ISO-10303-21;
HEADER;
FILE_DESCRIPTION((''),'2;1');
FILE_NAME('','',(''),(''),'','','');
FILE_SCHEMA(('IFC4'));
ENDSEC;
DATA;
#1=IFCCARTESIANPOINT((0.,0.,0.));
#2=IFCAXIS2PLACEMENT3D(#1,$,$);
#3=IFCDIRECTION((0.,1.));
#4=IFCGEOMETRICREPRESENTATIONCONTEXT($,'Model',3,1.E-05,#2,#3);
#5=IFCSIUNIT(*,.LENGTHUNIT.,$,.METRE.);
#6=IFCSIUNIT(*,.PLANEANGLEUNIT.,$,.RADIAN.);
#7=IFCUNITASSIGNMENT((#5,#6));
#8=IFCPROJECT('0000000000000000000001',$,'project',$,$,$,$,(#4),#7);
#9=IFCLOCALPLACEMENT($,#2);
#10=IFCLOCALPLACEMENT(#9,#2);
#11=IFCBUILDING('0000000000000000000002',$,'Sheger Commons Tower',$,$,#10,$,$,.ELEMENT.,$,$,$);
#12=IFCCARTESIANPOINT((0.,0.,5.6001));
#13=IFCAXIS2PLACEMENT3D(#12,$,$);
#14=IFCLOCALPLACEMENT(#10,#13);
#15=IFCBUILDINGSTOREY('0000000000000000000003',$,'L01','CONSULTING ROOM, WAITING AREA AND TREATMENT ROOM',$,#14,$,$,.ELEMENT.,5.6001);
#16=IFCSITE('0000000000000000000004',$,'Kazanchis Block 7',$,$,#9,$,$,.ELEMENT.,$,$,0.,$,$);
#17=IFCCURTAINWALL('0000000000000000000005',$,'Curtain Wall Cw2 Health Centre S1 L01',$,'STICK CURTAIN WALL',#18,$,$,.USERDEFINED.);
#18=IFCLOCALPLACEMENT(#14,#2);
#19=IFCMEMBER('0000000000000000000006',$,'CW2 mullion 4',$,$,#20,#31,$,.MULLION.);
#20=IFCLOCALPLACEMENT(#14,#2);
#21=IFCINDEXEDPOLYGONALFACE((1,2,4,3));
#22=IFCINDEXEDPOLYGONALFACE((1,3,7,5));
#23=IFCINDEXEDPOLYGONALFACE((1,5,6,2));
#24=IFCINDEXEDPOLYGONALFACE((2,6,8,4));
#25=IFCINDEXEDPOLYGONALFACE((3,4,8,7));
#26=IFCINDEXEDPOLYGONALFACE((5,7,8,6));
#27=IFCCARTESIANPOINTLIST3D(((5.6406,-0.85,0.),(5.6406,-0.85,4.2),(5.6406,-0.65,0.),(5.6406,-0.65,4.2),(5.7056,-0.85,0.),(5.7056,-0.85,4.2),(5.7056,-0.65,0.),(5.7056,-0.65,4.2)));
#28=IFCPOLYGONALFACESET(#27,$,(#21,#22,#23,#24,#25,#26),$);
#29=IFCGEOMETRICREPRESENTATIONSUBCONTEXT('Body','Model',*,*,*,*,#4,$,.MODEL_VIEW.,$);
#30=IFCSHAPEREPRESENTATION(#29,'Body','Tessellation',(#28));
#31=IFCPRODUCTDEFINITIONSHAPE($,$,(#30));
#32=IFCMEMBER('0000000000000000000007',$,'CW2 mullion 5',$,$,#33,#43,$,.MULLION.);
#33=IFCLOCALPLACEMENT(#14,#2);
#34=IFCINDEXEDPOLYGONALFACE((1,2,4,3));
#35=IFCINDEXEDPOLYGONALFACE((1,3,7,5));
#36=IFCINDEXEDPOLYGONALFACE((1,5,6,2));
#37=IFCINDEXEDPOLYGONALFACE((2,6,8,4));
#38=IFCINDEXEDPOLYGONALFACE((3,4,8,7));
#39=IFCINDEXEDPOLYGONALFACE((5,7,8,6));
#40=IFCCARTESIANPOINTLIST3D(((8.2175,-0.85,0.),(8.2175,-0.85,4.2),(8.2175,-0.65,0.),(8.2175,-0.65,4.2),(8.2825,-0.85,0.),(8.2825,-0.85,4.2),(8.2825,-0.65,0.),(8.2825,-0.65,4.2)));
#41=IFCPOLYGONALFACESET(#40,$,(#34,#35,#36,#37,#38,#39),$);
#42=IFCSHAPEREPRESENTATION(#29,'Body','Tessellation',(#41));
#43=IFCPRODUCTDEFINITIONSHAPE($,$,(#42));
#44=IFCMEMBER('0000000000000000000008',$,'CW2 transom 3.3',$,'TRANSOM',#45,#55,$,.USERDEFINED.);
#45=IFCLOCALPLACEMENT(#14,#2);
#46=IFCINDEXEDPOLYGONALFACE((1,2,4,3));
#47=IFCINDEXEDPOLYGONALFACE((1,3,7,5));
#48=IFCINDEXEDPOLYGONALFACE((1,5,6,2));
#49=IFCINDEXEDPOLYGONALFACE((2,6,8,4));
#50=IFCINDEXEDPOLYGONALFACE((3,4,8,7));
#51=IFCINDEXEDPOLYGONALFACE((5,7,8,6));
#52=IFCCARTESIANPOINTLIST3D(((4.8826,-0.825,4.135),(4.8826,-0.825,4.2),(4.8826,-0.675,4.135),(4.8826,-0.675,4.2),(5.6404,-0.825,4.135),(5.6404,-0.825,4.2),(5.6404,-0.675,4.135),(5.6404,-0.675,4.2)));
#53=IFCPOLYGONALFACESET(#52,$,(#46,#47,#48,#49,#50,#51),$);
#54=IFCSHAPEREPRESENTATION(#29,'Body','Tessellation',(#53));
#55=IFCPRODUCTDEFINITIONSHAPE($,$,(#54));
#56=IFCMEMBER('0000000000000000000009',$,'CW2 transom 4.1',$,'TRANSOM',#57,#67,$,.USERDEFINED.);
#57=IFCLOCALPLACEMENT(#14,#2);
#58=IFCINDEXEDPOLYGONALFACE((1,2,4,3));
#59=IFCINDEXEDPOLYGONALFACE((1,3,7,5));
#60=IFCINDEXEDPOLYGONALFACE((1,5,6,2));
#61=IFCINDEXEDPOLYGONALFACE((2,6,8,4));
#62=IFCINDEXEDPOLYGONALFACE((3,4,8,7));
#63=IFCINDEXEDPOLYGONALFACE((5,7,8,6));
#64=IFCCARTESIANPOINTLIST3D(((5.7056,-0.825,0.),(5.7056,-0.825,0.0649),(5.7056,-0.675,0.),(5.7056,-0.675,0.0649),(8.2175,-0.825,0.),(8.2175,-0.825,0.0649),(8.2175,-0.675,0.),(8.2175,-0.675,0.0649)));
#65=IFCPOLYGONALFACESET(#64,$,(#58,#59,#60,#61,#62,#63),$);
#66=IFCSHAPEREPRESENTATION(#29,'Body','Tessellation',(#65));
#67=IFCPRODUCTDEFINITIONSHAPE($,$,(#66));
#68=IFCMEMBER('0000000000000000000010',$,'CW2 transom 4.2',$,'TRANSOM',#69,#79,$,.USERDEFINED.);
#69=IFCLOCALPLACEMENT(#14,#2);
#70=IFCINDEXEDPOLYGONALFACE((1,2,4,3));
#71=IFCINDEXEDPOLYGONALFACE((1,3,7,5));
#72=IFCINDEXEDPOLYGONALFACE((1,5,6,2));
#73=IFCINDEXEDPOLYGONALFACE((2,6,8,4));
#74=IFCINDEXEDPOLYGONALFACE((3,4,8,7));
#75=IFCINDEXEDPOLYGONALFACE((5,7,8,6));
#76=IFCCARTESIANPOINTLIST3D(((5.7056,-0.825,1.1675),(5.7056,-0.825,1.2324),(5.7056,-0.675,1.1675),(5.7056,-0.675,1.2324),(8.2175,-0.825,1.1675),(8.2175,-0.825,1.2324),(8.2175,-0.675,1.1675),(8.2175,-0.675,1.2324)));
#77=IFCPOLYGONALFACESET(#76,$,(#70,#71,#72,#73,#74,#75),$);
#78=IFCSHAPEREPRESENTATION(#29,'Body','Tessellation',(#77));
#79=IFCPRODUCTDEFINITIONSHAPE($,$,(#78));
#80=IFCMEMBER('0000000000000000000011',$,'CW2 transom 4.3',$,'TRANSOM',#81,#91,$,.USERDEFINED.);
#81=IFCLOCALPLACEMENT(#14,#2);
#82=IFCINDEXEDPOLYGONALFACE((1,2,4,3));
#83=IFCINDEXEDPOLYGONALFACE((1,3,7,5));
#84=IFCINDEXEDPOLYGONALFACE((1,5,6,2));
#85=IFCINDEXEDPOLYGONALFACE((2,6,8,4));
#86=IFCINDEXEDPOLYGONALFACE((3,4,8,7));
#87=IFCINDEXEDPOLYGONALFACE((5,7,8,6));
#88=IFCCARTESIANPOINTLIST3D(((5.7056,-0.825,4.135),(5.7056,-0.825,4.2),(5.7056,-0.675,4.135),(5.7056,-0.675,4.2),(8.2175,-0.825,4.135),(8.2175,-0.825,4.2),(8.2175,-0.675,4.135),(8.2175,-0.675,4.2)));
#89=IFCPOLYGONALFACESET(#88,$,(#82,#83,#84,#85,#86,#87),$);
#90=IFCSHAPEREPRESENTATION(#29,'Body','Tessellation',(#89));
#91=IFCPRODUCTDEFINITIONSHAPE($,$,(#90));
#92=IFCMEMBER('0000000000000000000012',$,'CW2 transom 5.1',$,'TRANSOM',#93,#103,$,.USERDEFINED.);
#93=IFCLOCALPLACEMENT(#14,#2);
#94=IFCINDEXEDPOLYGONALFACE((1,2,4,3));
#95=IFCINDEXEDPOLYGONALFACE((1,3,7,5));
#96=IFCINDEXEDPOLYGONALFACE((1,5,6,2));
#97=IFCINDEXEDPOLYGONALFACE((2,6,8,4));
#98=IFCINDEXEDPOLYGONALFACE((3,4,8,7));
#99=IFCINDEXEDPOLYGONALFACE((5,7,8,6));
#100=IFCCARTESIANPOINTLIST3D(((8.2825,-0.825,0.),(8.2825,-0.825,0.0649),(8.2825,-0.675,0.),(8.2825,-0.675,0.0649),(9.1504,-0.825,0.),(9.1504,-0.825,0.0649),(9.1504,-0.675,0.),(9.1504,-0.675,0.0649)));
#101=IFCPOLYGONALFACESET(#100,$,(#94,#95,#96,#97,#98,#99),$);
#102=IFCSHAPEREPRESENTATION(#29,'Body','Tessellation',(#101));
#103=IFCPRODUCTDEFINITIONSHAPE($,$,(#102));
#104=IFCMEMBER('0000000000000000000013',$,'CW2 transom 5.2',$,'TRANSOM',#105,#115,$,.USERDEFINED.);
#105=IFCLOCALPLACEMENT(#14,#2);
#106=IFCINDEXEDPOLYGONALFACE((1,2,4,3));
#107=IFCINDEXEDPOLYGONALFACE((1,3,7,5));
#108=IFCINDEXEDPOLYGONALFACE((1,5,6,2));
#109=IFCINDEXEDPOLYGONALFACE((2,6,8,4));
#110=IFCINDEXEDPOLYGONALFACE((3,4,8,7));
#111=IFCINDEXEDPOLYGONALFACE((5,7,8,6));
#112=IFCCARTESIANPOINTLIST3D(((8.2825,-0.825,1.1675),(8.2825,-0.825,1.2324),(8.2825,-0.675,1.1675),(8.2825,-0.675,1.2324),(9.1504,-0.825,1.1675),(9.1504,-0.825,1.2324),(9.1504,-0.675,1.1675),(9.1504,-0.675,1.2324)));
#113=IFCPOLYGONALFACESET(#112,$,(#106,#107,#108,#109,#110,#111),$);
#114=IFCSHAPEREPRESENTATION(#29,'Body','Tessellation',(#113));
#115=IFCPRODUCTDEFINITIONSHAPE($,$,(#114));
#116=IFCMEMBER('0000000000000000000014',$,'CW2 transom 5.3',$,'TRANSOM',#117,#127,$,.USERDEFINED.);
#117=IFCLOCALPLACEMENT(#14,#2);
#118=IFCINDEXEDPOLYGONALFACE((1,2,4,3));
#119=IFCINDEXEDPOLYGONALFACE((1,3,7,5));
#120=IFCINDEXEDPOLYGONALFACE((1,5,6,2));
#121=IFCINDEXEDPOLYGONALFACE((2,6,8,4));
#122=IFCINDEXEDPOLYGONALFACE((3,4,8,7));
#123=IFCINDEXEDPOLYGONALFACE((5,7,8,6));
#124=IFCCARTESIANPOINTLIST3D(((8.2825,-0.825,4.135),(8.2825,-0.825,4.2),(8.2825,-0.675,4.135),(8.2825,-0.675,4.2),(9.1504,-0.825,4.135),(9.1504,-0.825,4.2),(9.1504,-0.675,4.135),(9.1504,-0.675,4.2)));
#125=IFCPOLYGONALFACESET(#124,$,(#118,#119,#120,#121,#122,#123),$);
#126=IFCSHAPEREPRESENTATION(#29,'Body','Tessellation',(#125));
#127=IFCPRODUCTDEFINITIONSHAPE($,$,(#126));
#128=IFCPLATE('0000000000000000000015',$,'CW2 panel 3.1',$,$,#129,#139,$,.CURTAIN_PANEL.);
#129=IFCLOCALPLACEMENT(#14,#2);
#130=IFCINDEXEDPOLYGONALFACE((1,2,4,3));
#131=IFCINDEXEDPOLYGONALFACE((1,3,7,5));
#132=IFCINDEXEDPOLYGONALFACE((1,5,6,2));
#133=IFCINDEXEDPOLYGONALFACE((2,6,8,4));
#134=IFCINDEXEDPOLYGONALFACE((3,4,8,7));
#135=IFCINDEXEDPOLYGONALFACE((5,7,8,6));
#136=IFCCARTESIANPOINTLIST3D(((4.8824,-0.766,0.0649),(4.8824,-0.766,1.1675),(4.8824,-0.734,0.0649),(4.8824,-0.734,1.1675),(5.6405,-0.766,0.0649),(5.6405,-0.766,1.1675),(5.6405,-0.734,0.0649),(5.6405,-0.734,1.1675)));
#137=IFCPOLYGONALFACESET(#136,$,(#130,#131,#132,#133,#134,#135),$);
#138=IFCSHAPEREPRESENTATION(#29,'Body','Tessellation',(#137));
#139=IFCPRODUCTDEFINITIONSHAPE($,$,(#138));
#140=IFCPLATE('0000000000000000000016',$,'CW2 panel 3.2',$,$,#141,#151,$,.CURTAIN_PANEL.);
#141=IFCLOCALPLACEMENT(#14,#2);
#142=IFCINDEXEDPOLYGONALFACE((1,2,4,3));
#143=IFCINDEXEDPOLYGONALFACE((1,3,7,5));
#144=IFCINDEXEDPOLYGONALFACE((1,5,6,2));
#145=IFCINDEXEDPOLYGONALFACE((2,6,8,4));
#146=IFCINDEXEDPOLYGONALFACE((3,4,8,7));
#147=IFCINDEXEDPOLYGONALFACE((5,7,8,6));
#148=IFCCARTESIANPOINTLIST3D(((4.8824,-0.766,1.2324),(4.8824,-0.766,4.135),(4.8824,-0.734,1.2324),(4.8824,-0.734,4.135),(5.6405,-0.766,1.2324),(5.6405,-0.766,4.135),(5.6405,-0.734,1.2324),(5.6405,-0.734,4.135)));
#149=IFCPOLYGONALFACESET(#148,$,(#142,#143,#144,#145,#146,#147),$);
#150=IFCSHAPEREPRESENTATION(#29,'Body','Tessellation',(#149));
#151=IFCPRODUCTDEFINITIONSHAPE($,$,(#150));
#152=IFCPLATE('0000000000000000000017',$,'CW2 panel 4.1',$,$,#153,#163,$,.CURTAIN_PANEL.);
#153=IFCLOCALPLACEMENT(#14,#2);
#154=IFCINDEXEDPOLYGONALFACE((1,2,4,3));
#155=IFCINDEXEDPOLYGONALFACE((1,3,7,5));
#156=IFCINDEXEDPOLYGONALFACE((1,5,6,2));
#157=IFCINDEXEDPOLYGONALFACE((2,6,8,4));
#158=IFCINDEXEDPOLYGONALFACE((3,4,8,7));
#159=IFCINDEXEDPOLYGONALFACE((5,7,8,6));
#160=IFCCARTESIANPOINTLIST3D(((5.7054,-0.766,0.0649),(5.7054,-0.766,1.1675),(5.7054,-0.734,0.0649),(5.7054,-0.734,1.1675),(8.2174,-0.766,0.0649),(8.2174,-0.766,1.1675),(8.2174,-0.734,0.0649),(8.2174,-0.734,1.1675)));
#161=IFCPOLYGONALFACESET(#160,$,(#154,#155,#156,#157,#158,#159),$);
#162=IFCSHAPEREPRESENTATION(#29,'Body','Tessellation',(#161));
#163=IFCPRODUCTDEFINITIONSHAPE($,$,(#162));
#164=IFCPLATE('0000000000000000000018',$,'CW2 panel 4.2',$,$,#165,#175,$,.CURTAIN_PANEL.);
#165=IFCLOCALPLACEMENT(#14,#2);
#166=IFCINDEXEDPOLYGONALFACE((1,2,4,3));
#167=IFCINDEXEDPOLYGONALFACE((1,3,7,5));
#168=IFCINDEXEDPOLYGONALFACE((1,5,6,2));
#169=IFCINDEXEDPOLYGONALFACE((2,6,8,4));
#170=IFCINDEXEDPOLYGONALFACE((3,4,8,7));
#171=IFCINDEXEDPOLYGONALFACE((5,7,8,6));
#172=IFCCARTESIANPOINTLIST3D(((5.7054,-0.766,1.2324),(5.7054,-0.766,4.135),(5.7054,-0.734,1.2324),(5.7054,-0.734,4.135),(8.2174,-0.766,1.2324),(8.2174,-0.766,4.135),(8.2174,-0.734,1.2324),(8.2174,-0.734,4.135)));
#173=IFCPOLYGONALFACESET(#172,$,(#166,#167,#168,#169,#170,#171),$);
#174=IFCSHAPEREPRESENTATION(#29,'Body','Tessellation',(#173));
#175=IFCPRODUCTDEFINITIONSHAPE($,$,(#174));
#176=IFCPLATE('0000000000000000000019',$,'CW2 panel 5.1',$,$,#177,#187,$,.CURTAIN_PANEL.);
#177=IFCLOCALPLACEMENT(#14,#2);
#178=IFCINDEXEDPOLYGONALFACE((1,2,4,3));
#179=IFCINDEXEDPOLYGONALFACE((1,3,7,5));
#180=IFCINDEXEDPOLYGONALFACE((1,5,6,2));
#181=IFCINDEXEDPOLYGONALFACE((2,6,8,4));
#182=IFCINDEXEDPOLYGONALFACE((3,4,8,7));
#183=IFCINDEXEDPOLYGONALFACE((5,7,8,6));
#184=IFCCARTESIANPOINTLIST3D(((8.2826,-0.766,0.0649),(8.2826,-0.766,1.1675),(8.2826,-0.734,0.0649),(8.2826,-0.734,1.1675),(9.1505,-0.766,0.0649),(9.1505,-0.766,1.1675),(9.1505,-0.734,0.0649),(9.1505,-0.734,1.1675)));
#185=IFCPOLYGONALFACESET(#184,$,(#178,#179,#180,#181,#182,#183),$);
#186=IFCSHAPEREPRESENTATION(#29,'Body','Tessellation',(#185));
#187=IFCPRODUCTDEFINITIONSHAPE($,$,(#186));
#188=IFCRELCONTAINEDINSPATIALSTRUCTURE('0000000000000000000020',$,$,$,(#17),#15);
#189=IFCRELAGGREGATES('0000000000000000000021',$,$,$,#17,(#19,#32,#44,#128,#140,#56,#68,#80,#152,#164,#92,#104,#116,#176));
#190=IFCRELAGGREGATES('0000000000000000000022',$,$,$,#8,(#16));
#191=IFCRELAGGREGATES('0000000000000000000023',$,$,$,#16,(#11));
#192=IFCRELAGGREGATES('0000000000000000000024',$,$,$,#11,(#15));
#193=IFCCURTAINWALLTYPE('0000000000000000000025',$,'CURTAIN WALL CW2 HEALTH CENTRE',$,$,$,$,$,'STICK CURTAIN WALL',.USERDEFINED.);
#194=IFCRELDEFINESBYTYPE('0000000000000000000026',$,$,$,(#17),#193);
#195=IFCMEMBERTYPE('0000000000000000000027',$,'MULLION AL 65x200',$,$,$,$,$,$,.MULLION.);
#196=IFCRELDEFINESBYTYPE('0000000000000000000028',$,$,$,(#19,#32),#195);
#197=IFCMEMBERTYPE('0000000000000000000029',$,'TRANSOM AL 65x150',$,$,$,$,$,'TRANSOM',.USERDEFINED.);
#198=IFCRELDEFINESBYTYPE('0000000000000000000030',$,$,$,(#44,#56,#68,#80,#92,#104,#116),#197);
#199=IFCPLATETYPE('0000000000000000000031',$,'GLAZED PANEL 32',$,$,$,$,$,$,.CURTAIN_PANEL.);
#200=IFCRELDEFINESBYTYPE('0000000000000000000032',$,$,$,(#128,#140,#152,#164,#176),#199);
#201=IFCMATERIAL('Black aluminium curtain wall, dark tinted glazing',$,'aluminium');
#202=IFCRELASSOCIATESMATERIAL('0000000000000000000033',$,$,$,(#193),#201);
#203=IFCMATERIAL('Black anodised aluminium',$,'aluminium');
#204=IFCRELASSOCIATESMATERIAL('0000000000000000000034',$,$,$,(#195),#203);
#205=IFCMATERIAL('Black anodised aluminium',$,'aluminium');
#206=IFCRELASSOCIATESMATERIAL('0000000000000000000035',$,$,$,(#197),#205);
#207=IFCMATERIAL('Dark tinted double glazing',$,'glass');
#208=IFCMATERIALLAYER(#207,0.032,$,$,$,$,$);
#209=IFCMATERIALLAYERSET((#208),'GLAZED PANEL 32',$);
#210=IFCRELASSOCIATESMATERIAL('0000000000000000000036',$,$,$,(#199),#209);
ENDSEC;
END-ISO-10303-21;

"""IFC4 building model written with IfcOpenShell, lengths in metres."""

from ifc_helpers import new_model, si_unit, direction, frame, origin, origin_2d, place, context, subcontext, project, spatial, rectangle, extrude, material, layer, layer_set, material_profile, profile_set, type_object, element, aggregate, save


model = new_model("IFC4")

# Units and contexts
model_context = context("Model", 3, precision=1e-05, world=origin(), true_north=direction((0.0, 1.0)))
body_context = subcontext(model_context, "Body", "Model", "MODEL_VIEW")
ifc_project = project(units=[si_unit("LENGTHUNIT", "METRE"), si_unit("PLANEANGLEUNIT", "RADIAN")], contexts=[model_context])

# Site, building, storey
site_placement = place(None, origin())
site = spatial("IfcSite", under=ifc_project, at=site_placement, Name="Kazanchis Block 7", CompositionType="ELEMENT", RefElevation=0.0)
building_placement = place(site_placement, origin())
building = spatial("IfcBuilding", under=site, at=building_placement, Name="Sheger Commons Tower", CompositionType="ELEMENT")
storey_placement = place(building_placement, frame((0.0, 0.0, 5.6001)))
storey = spatial("IfcBuildingStorey", under=building, at=storey_placement, Name="L01", Description="CONSULTING ROOM, WAITING AREA AND TREATMENT ROOM", CompositionType="ELEMENT", Elevation=5.6001)

# Curtain wall, members, plates
ifc_material_1 = material(Name="Black aluminium curtain wall, dark tinted glazing", Category="aluminium")
curtain_wall_type = type_object("IfcCurtainWallType", Name="CURTAIN WALL CW2 HEALTH CENTRE", ElementType="STICK CURTAIN WALL", PredefinedType="USERDEFINED", material=ifc_material_1)
curtain_wall_placement = place(storey_placement, origin())
curtain_wall = element("IfcCurtainWall", 1, at=curtain_wall_placement, inside=storey, type_object=curtain_wall_type, Name="Curtain Wall Cw2 Health Centre S1 L01", ObjectType="STICK CURTAIN WALL", PredefinedType="USERDEFINED")
ifc_material_2 = material(Name="Black anodised aluminium", Category="aluminium")
ifc_material_profile_1 = material_profile(ifc_material_2, rectangle(XDim=0.2, YDim=0.0649, at=origin_2d()), Name="AL 65x200")
ifc_profile_set_1 = profile_set([ifc_material_profile_1], Name="Black anodised aluminium")
member_type_1 = type_object("IfcMemberType", Name="MULLION AL 65x200", PredefinedType="MULLION", material=ifc_profile_set_1)
member_1_placement = place(storey_placement, frame((5.6731, -0.75, 0.0), z_axis=(0.0, 0.0, 1.0), x_axis=(0.0, 1.0, 0.0)))
member_1 = element("IfcMember", 2, at=member_1_placement, type_object=member_type_1, Name="CW2 mullion 4", PredefinedType="MULLION", context=body_context, shape_type="SweptSolid", body=[
    extrude(rectangle(XDim=0.2, YDim=0.0649, at=origin_2d()), origin(), (0.0, 0.0, 1.0), 4.2),
])
member_2_placement = place(storey_placement, frame((8.25, -0.75, 0.0), z_axis=(0.0, 0.0, 1.0), x_axis=(0.0, 1.0, 0.0)))
member_2 = element("IfcMember", 3, at=member_2_placement, type_object=member_type_1, Name="CW2 mullion 5", PredefinedType="MULLION", context=body_context, shape_type="SweptSolid", body=[
    extrude(rectangle(XDim=0.2, YDim=0.0649, at=origin_2d()), origin(), (0.0, 0.0, 1.0), 4.2),
])
ifc_material_3 = material(Name="Black anodised aluminium", Category="aluminium")
ifc_material_profile_2 = material_profile(ifc_material_3, rectangle(XDim=0.1499, YDim=0.0649, at=origin_2d()), Name="AL 65x150")
ifc_profile_set_2 = profile_set([ifc_material_profile_2], Name="Black anodised aluminium")
member_type_2 = type_object("IfcMemberType", Name="TRANSOM AL 65x150", ElementType="TRANSOM", PredefinedType="USERDEFINED", material=ifc_profile_set_2)
member_3_placement = place(storey_placement, frame((4.8826, -0.75, 4.1675), z_axis=(1.0, 0.0, 0.0), x_axis=(0.0, 1.0, 0.0)))
member_3 = element("IfcMember", 4, at=member_3_placement, type_object=member_type_2, Name="CW2 transom 3.3", ObjectType="TRANSOM", PredefinedType="USERDEFINED", context=body_context, shape_type="SweptSolid", body=[
    extrude(rectangle(XDim=0.1499, YDim=0.0649, at=origin_2d()), origin(), (0.0, 0.0, 1.0), 0.7578),
])
member_4_placement = place(storey_placement, frame((5.7056, -0.75, 0.0325), z_axis=(1.0, 0.0, 0.0), x_axis=(0.0, 1.0, 0.0)))
member_4 = element("IfcMember", 5, at=member_4_placement, type_object=member_type_2, Name="CW2 transom 4.1", ObjectType="TRANSOM", PredefinedType="USERDEFINED", context=body_context, shape_type="SweptSolid", body=[
    extrude(rectangle(XDim=0.1499, YDim=0.0649, at=origin_2d()), origin(), (0.0, 0.0, 1.0), 2.512),
])
member_5_placement = place(storey_placement, frame((5.7056, -0.75, 1.2), z_axis=(1.0, 0.0, 0.0), x_axis=(0.0, 1.0, 0.0)))
member_5 = element("IfcMember", 6, at=member_5_placement, type_object=member_type_2, Name="CW2 transom 4.2", ObjectType="TRANSOM", PredefinedType="USERDEFINED", context=body_context, shape_type="SweptSolid", body=[
    extrude(rectangle(XDim=0.1499, YDim=0.0649, at=origin_2d()), origin(), (0.0, 0.0, 1.0), 2.512),
])
member_6_placement = place(storey_placement, frame((5.7056, -0.75, 4.1675), z_axis=(1.0, 0.0, 0.0), x_axis=(0.0, 1.0, 0.0)))
member_6 = element("IfcMember", 7, at=member_6_placement, type_object=member_type_2, Name="CW2 transom 4.3", ObjectType="TRANSOM", PredefinedType="USERDEFINED", context=body_context, shape_type="SweptSolid", body=[
    extrude(rectangle(XDim=0.1499, YDim=0.0649, at=origin_2d()), origin(), (0.0, 0.0, 1.0), 2.512),
])
member_7_placement = place(storey_placement, frame((8.2825, -0.75, 0.0325), z_axis=(1.0, 0.0, 0.0), x_axis=(0.0, 1.0, 0.0)))
member_7 = element("IfcMember", 8, at=member_7_placement, type_object=member_type_2, Name="CW2 transom 5.1", ObjectType="TRANSOM", PredefinedType="USERDEFINED", context=body_context, shape_type="SweptSolid", body=[
    extrude(rectangle(XDim=0.1499, YDim=0.0649, at=origin_2d()), origin(), (0.0, 0.0, 1.0), 0.8679),
])
member_8_placement = place(storey_placement, frame((8.2825, -0.75, 1.2), z_axis=(1.0, 0.0, 0.0), x_axis=(0.0, 1.0, 0.0)))
member_8 = element("IfcMember", 9, at=member_8_placement, type_object=member_type_2, Name="CW2 transom 5.2", ObjectType="TRANSOM", PredefinedType="USERDEFINED", context=body_context, shape_type="SweptSolid", body=[
    extrude(rectangle(XDim=0.1499, YDim=0.0649, at=origin_2d()), origin(), (0.0, 0.0, 1.0), 0.8679),
])
member_9_placement = place(storey_placement, frame((8.2825, -0.75, 4.1675), z_axis=(1.0, 0.0, 0.0), x_axis=(0.0, 1.0, 0.0)))
member_9 = element("IfcMember", 10, at=member_9_placement, type_object=member_type_2, Name="CW2 transom 5.3", ObjectType="TRANSOM", PredefinedType="USERDEFINED", context=body_context, shape_type="SweptSolid", body=[
    extrude(rectangle(XDim=0.1499, YDim=0.0649, at=origin_2d()), origin(), (0.0, 0.0, 1.0), 0.8679),
])
ifc_material_4 = material(Name="Dark tinted double glazing", Category="glass")
ifc_layer = layer(ifc_material_4, 0.032)
ifc_layer_set = layer_set([ifc_layer], Name="GLAZED PANEL 32")
plate_type = type_object("IfcPlateType", Name="GLAZED PANEL 32", PredefinedType="CURTAIN_PANEL", material=ifc_layer_set)
plate_1_placement = place(storey_placement, frame((5.2615, -0.75, 0.0649), z_axis=(0.0, 0.0, 1.0), x_axis=(1.0, 0.0, 0.0)))
plate_1 = element("IfcPlate", 11, at=plate_1_placement, type_object=plate_type, Name="CW2 panel 3.1", PredefinedType="CURTAIN_PANEL", context=body_context, shape_type="SweptSolid", body=[
    extrude(rectangle(XDim=0.7581, YDim=0.032, at=origin_2d()), origin(), (0.0, 0.0, 1.0), 1.1025),
])
plate_2_placement = place(storey_placement, frame((5.2615, -0.75, 1.2324), z_axis=(0.0, 0.0, 1.0), x_axis=(1.0, 0.0, 0.0)))
plate_2 = element("IfcPlate", 12, at=plate_2_placement, type_object=plate_type, Name="CW2 panel 3.2", PredefinedType="CURTAIN_PANEL", context=body_context, shape_type="SweptSolid", body=[
    extrude(rectangle(XDim=0.7581, YDim=0.032, at=origin_2d()), origin(), (0.0, 0.0, 1.0), 2.9026),
])
plate_3_placement = place(storey_placement, frame((6.9614, -0.75, 0.0649), z_axis=(0.0, 0.0, 1.0), x_axis=(1.0, 0.0, 0.0)))
plate_3 = element("IfcPlate", 13, at=plate_3_placement, type_object=plate_type, Name="CW2 panel 4.1", PredefinedType="CURTAIN_PANEL", context=body_context, shape_type="SweptSolid", body=[
    extrude(rectangle(XDim=2.512, YDim=0.032, at=origin_2d()), origin(), (0.0, 0.0, 1.0), 1.1025),
])
plate_4_placement = place(storey_placement, frame((6.9614, -0.75, 1.2324), z_axis=(0.0, 0.0, 1.0), x_axis=(1.0, 0.0, 0.0)))
plate_4 = element("IfcPlate", 14, at=plate_4_placement, type_object=plate_type, Name="CW2 panel 4.2", PredefinedType="CURTAIN_PANEL", context=body_context, shape_type="SweptSolid", body=[
    extrude(rectangle(XDim=2.512, YDim=0.032, at=origin_2d()), origin(), (0.0, 0.0, 1.0), 2.9026),
])
plate_5_placement = place(storey_placement, frame((8.7166, -0.75, 0.0649), z_axis=(0.0, 0.0, 1.0), x_axis=(1.0, 0.0, 0.0)))
plate_5 = element("IfcPlate", 15, at=plate_5_placement, type_object=plate_type, Name="CW2 panel 5.1", PredefinedType="CURTAIN_PANEL", context=body_context, shape_type="SweptSolid", body=[
    extrude(rectangle(XDim=0.8679, YDim=0.032, at=origin_2d()), origin(), (0.0, 0.0, 1.0), 1.1025),
])
aggregate(curtain_wall, [member_1, member_2, member_3, plate_1, plate_2, member_4, member_5, member_6, plate_3, plate_4, member_7, member_8, member_9, plate_5])

save(model, "model.ifc")
